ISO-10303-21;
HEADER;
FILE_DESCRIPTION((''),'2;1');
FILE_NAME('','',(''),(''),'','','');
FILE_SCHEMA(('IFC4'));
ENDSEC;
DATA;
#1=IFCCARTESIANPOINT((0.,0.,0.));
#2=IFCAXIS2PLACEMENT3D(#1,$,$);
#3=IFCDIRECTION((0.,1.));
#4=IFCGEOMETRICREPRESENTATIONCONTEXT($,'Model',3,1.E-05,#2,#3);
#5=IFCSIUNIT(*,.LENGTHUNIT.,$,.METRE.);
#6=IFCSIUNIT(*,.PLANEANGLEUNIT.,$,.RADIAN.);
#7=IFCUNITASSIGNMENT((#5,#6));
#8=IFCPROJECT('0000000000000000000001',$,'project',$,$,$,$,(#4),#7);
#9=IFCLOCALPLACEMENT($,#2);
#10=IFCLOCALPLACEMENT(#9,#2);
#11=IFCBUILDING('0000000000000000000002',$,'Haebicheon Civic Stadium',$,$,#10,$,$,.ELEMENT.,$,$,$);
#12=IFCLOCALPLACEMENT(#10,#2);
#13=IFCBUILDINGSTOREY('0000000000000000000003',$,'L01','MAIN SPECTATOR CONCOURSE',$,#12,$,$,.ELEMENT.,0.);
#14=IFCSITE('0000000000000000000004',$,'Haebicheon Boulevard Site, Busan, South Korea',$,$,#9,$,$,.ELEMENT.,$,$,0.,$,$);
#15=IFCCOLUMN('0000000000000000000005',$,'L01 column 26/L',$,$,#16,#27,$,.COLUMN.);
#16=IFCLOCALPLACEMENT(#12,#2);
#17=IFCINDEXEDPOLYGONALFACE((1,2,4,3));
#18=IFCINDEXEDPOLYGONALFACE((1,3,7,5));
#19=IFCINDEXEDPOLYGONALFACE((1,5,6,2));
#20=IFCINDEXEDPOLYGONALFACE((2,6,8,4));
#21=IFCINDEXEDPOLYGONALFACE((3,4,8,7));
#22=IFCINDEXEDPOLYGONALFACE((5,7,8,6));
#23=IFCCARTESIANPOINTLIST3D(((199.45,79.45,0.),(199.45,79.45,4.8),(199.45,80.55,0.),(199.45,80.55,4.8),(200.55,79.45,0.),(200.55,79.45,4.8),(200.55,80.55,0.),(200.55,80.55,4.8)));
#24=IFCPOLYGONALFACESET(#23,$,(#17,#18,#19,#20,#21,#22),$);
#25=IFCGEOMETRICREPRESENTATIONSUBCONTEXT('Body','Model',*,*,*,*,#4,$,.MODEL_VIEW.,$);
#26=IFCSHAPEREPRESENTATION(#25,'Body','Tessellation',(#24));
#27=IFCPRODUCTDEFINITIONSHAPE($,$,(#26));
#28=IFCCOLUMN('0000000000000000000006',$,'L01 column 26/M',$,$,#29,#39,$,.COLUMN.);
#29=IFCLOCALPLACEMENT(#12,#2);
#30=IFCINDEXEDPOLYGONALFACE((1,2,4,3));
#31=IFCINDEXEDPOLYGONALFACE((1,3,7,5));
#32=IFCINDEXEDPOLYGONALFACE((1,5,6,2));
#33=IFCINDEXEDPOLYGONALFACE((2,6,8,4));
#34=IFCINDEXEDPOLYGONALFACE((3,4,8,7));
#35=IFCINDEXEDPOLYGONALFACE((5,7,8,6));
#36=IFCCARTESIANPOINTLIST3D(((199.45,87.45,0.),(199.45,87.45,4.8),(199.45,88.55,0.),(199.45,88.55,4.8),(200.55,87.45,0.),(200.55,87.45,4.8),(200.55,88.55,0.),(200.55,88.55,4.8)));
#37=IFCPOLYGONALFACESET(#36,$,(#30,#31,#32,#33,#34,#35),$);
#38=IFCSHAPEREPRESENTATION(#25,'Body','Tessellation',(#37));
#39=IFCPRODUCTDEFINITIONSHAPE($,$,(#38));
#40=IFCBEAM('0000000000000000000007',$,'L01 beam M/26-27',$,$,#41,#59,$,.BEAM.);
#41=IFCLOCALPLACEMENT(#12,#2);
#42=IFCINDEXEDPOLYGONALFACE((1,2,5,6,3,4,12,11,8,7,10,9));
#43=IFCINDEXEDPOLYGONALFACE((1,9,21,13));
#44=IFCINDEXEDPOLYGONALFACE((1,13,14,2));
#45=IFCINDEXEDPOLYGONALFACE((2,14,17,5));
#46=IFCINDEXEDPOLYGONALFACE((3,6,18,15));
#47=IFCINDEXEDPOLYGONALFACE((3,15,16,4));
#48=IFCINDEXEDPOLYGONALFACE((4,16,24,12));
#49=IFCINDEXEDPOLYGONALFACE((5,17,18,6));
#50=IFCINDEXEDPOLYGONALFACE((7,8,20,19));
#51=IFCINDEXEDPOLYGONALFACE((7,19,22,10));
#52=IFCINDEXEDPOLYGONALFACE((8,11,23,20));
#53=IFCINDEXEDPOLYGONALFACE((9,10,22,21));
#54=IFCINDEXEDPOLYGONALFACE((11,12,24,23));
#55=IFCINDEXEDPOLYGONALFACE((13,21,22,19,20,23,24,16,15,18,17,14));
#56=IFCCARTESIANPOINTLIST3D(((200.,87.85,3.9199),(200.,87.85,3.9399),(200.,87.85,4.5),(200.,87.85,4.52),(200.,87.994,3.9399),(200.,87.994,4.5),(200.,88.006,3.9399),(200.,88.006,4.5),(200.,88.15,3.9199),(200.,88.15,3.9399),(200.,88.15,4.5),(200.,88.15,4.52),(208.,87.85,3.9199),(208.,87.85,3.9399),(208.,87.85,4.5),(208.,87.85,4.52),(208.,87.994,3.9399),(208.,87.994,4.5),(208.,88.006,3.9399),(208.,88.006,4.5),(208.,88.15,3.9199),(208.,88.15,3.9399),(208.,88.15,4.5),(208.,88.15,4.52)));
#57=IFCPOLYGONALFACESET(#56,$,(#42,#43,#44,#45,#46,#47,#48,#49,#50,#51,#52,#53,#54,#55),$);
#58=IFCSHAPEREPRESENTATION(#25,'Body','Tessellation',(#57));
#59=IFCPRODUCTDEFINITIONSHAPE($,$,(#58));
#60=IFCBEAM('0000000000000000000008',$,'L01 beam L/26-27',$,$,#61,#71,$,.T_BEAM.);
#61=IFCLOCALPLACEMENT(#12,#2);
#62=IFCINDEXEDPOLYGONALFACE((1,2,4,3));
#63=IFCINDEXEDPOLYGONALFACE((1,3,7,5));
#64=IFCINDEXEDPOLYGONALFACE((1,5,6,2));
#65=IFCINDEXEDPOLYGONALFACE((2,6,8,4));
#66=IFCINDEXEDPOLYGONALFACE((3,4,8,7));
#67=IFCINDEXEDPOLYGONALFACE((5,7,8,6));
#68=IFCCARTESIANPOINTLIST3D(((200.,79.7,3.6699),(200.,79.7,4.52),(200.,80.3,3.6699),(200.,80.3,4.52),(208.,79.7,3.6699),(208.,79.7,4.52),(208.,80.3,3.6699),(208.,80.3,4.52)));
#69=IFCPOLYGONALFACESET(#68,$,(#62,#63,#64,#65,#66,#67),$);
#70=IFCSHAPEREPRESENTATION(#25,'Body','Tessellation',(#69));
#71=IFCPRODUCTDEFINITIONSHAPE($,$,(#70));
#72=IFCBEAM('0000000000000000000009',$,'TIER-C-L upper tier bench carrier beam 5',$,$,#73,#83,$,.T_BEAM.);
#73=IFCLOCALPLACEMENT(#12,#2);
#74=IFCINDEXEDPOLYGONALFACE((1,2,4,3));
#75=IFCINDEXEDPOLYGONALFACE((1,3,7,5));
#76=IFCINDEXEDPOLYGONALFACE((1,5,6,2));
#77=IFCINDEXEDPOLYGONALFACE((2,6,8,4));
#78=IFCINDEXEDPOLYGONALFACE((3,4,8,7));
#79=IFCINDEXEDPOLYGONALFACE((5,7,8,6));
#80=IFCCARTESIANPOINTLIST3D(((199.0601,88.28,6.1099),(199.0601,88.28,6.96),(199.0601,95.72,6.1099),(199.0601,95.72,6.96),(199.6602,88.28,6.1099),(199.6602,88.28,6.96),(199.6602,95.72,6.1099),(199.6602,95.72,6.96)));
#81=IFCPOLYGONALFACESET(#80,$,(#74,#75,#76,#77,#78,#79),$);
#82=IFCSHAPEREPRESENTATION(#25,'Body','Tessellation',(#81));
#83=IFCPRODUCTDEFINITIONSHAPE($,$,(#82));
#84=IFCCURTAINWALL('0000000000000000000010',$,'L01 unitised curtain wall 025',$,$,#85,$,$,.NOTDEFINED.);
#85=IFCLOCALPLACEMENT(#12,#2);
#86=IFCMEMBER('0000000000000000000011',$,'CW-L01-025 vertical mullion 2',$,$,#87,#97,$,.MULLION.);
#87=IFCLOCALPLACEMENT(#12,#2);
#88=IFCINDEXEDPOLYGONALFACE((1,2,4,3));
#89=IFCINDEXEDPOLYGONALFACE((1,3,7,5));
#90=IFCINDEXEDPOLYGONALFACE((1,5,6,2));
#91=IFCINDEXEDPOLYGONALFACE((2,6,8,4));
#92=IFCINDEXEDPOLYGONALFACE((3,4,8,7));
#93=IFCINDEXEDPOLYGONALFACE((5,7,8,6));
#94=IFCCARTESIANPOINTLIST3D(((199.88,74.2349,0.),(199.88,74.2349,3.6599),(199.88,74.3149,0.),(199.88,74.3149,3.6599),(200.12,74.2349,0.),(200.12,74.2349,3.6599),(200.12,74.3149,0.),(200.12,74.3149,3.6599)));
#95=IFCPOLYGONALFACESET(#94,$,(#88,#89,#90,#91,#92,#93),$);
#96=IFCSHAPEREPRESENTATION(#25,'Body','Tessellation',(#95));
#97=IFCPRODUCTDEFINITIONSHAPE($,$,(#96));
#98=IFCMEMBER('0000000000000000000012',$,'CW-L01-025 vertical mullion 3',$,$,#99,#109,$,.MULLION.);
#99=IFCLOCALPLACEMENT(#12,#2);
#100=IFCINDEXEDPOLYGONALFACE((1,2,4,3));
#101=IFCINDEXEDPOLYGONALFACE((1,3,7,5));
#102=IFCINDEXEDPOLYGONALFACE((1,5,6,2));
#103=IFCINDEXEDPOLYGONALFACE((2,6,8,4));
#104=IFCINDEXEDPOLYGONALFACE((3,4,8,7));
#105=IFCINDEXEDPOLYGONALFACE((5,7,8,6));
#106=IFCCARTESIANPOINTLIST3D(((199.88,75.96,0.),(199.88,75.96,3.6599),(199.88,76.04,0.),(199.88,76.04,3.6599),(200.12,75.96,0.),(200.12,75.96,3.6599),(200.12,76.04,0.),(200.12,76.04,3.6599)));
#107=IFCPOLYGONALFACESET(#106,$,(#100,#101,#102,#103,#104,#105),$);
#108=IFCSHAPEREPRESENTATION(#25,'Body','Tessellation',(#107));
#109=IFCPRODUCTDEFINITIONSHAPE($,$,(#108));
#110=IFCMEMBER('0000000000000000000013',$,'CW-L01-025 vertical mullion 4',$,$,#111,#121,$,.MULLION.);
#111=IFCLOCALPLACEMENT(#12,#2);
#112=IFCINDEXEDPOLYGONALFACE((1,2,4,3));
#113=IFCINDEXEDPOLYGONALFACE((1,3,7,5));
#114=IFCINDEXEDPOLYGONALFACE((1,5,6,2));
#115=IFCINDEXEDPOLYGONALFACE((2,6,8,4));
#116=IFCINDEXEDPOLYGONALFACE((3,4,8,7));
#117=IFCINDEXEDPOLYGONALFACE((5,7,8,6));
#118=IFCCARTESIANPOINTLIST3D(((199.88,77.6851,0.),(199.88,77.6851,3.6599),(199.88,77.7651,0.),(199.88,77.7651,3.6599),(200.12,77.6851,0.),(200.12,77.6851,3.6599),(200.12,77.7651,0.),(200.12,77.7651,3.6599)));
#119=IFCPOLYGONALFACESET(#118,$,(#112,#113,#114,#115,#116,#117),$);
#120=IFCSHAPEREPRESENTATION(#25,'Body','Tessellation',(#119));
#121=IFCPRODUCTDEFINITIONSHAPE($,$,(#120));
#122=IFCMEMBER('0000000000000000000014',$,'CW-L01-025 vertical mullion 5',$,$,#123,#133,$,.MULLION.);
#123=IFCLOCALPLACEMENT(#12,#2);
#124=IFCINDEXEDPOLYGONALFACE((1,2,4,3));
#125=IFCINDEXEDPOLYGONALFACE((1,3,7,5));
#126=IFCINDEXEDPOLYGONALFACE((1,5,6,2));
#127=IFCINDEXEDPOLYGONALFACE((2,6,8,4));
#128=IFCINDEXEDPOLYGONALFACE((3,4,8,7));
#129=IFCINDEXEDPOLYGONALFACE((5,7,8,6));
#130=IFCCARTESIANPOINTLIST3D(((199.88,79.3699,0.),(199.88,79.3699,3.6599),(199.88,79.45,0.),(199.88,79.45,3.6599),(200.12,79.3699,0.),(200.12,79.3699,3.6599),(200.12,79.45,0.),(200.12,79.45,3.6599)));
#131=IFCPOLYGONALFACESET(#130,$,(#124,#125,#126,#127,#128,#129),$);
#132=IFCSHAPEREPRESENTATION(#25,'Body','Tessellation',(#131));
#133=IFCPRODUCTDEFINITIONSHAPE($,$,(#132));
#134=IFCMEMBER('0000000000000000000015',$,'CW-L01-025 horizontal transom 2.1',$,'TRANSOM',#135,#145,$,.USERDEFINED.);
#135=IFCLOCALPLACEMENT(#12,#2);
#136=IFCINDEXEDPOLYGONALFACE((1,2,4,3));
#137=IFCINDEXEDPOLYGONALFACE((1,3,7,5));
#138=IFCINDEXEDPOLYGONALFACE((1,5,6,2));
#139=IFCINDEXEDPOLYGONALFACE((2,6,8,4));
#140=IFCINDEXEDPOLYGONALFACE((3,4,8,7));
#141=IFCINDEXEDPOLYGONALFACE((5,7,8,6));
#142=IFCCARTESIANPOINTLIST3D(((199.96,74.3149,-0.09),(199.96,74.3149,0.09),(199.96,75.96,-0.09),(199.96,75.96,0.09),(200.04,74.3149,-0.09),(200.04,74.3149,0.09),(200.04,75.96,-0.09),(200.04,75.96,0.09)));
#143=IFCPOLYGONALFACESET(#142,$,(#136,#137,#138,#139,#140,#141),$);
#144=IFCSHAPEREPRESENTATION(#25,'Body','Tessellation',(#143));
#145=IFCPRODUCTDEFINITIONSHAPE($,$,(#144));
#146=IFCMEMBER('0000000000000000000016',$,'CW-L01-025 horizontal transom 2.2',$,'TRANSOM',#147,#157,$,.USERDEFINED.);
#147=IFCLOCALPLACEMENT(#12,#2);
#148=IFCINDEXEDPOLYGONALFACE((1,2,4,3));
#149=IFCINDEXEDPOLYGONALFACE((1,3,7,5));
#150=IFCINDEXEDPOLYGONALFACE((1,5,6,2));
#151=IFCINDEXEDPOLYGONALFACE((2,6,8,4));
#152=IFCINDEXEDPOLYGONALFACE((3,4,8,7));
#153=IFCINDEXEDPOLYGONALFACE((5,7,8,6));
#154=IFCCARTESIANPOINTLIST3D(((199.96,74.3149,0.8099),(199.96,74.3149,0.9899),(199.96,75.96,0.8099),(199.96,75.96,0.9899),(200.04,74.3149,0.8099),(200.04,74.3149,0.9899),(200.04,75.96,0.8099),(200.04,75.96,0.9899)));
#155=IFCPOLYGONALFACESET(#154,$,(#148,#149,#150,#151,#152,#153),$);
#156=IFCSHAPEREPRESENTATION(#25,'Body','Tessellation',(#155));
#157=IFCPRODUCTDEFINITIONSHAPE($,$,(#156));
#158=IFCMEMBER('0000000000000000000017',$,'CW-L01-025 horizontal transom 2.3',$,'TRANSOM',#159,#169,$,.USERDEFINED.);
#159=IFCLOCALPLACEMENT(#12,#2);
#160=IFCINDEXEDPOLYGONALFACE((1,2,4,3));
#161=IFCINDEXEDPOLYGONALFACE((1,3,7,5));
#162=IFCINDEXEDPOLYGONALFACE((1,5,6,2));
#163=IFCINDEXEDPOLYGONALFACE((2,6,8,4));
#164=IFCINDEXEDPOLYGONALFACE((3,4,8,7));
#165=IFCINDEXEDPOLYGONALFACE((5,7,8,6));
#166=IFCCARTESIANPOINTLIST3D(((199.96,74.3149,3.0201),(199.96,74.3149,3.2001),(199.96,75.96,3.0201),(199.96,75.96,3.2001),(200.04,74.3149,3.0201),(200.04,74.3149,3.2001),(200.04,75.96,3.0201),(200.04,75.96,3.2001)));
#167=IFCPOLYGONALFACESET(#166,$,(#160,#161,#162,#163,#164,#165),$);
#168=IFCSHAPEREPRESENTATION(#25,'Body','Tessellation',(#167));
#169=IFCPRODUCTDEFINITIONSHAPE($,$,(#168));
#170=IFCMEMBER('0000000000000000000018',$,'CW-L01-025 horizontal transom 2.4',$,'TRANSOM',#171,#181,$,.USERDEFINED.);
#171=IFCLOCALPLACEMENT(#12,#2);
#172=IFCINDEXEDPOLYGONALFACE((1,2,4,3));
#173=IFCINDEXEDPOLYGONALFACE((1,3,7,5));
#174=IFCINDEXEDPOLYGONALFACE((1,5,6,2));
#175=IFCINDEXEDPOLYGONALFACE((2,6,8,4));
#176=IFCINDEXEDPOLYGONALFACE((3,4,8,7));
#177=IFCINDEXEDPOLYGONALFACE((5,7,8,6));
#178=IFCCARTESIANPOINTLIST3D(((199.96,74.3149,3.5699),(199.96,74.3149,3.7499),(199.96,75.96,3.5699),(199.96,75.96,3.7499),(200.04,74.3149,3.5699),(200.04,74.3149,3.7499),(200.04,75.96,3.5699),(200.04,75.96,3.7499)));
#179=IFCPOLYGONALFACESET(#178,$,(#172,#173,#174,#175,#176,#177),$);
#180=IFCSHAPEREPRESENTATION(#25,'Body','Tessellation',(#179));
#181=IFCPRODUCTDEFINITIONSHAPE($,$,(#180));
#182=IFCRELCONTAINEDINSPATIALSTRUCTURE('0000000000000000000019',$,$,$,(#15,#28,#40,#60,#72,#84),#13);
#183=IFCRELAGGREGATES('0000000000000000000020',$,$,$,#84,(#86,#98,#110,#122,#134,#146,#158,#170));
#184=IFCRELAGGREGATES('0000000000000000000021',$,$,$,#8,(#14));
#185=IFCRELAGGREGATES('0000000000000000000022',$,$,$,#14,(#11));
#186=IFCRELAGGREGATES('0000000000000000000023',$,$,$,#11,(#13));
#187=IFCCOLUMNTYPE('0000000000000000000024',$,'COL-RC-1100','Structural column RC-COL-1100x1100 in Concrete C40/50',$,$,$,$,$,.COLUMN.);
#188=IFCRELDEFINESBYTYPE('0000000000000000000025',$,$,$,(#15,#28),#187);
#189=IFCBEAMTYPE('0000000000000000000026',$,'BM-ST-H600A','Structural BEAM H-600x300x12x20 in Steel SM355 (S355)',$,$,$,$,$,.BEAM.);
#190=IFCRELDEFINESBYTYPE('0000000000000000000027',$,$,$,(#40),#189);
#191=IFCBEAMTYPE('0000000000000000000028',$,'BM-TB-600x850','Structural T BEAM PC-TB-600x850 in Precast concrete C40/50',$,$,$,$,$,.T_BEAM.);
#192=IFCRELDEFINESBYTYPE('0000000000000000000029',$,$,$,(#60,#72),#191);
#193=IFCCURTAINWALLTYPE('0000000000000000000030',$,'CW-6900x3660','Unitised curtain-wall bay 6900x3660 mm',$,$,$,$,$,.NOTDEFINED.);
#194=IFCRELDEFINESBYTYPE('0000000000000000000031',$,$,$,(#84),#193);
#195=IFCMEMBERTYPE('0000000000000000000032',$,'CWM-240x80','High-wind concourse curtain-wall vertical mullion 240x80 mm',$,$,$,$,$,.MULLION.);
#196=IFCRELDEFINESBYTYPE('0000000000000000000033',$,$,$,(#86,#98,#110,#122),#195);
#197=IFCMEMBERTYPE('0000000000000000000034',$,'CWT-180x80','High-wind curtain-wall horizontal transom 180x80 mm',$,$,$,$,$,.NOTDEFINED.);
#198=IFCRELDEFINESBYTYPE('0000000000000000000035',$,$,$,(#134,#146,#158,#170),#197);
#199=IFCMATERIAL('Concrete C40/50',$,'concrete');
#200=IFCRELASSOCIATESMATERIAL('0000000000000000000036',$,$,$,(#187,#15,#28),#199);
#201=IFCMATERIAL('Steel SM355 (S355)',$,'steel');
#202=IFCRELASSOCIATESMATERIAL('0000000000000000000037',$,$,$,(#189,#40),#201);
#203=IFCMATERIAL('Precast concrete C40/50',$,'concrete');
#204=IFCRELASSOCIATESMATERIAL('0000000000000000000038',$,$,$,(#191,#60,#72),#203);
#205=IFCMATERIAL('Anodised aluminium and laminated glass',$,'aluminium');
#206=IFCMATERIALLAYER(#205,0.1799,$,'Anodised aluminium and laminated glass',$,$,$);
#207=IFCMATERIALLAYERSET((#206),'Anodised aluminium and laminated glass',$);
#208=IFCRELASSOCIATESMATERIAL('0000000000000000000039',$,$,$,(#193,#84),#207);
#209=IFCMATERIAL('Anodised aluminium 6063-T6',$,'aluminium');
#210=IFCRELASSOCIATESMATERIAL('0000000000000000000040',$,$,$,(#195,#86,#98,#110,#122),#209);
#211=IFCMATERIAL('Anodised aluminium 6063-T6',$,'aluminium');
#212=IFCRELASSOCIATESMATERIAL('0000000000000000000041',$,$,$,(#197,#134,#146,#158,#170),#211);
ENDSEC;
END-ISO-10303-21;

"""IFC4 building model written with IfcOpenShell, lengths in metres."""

from ifc_helpers import new_model, si_unit, direction, frame, origin, origin_2d, place, context, subcontext, project, spatial, rectangle, i_section, extrude, material, layer, layer_set, material_profile, profile_set, type_object, element, aggregate, save


model = new_model("IFC4")

# Units and contexts
model_context = context("Model", 3, precision=1e-05, world=origin(), true_north=direction((0.0, 1.0)))
body_context = subcontext(model_context, "Body", "Model", "MODEL_VIEW")
ifc_project = project(units=[si_unit("LENGTHUNIT", "METRE"), si_unit("PLANEANGLEUNIT", "RADIAN")], contexts=[model_context])

# Site, building, storey
site_placement = place(None, origin())
site = spatial("IfcSite", under=ifc_project, at=site_placement, Name="Haebicheon Boulevard Site, Busan, South Korea", CompositionType="ELEMENT", RefElevation=0.0)
building_placement = place(site_placement, origin())
building = spatial("IfcBuilding", under=site, at=building_placement, Name="Haebicheon Civic Stadium", CompositionType="ELEMENT")
storey_placement = place(building_placement, origin())
storey = spatial("IfcBuildingStorey", under=building, at=storey_placement, Name="L01", Description="MAIN SPECTATOR CONCOURSE", CompositionType="ELEMENT", Elevation=0.0)

# Columns
ifc_material_1 = material(Name="Concrete C40/50", Category="concrete")
ifc_material_profile_1 = material_profile(ifc_material_1, rectangle(XDim=1.1001, YDim=1.1001, at=origin_2d()), Name="RC-COL-1100x1100")
ifc_profile_set_1 = profile_set([ifc_material_profile_1], Name="Concrete C40/50")
column_type = type_object("IfcColumnType", Name="COL-RC-1100", Description="Structural column RC-COL-1100x1100 in Concrete C40/50", PredefinedType="COLUMN", material=ifc_profile_set_1)
for number, where, z_axis, x_axis, name in (
    (1, (200.0, 80.0, 0.0), (0.0, 0.0, 1.0), (1.0, 0.0, 0.0), "L01 column 26/L"),
    (2, (200.0, 88.0, 0.0), (0.0, 0.0, 1.0), (1.0, 0.0, 0.0), "L01 column 26/M"),
):
    element("IfcColumn", number, at=place(storey_placement, frame(where, z_axis=z_axis, x_axis=x_axis)), inside=storey, type_object=column_type, material=ifc_profile_set_1, Name=name, PredefinedType="COLUMN", context=body_context, shape_type="SweptSolid", body=[
        extrude(rectangle(XDim=1.1001, YDim=1.1001, at=origin_2d()), origin(), (0.0, 0.0, 1.0), 4.8),
    ])

# Beams
ifc_material_2 = material(Name="Steel SM355 (S355)", Category="steel")
ifc_material_profile_2 = material_profile(ifc_material_2, i_section(OverallWidth=0.3, OverallDepth=0.6001, WebThickness=0.012, FlangeThickness=0.02, at=origin_2d()), Name="H-600x300x12x20")
ifc_profile_set_2 = profile_set([ifc_material_profile_2], Name="Steel SM355 (S355)")
beam_type_1 = type_object("IfcBeamType", Name="BM-ST-H600A", Description="Structural BEAM H-600x300x12x20 in Steel SM355 (S355)", PredefinedType="BEAM", material=ifc_profile_set_2)
beam_1_placement = place(storey_placement, frame((200.0, 88.0, 4.22), z_axis=(1.0, 0.0, 0.0), x_axis=(0.0, 1.0, 0.0)))
element("IfcBeam", 3, at=beam_1_placement, inside=storey, type_object=beam_type_1, material=ifc_profile_set_2, Name="L01 beam M/26-27", PredefinedType="BEAM", context=body_context, shape_type="SweptSolid", body=[
    extrude(i_section(OverallWidth=0.3, OverallDepth=0.6001, WebThickness=0.012, FlangeThickness=0.02, at=origin_2d()), origin(), (0.0, 0.0, 1.0), 8.0),
])
ifc_material_3 = material(Name="Precast concrete C40/50", Category="concrete")
ifc_material_profile_3 = material_profile(ifc_material_3, rectangle(XDim=0.6001, YDim=0.8501, at=origin_2d()), Name="PC-TB-600x850")
ifc_profile_set_3 = profile_set([ifc_material_profile_3], Name="Precast concrete C40/50")
beam_type_2 = type_object("IfcBeamType", Name="BM-TB-600x850", Description="Structural T BEAM PC-TB-600x850 in Precast concrete C40/50", PredefinedType="T_BEAM", material=ifc_profile_set_3)
beam_2_placement = place(storey_placement, frame((200.0, 80.0, 4.095), z_axis=(1.0, 0.0, 0.0), x_axis=(0.0, 1.0, 0.0)))
element("IfcBeam", 4, at=beam_2_placement, inside=storey, type_object=beam_type_2, material=ifc_profile_set_3, Name="L01 beam L/26-27", PredefinedType="T_BEAM", context=body_context, shape_type="SweptSolid", body=[
    extrude(rectangle(XDim=0.6001, YDim=0.8501, at=origin_2d()), origin(), (0.0, 0.0, 1.0), 8.0),
])
beam_3_placement = place(storey_placement, frame((199.3601, 88.28, 6.5349), z_axis=(0.0, 1.0, 0.0), x_axis=(-1.0, 0.0, 0.0)))
element("IfcBeam", 5, at=beam_3_placement, inside=storey, type_object=beam_type_2, material=ifc_profile_set_3, Name="TIER-C-L upper tier bench carrier beam 5", PredefinedType="T_BEAM", context=body_context, shape_type="SweptSolid", body=[
    extrude(rectangle(XDim=0.6001, YDim=0.8501, at=origin_2d()), origin(), (0.0, 0.0, 1.0), 7.4399),
])

# Curtain wall, members
ifc_material_4 = material(Name="Anodised aluminium and laminated glass", Category="aluminium")
ifc_layer_1 = layer(ifc_material_4, 0.1799, Name="Anodised aluminium and laminated glass")
ifc_layer_set_1 = layer_set([ifc_layer_1], Name="Anodised aluminium and laminated glass")
curtain_wall_type = type_object("IfcCurtainWallType", Name="CW-6900x3660", Description="Unitised curtain-wall bay 6900x3660 mm", PredefinedType="NOTDEFINED", material=ifc_layer_set_1)
curtain_wall_placement = place(storey_placement, origin())
curtain_wall = element("IfcCurtainWall", 6, at=curtain_wall_placement, inside=storey, type_object=curtain_wall_type, material=ifc_layer_set_1, Name="L01 unitised curtain wall 025", PredefinedType="NOTDEFINED")
ifc_material_5 = material(Name="Anodised aluminium 6063-T6", Category="aluminium")
ifc_material_profile_4 = material_profile(ifc_material_5, rectangle(XDim=0.0801, YDim=0.24, at=origin_2d()), Name="ALU-MULL-80x240")
ifc_profile_set_4 = profile_set([ifc_material_profile_4], Name="Anodised aluminium 6063-T6")
member_type_1 = type_object("IfcMemberType", Name="CWM-240x80", Description="High-wind concourse curtain-wall vertical mullion 240x80 mm", PredefinedType="MULLION", material=ifc_profile_set_4)
member_1_placement = place(storey_placement, frame((200.0, 74.2749, 0.0), z_axis=(0.0, 0.0, 1.0), x_axis=(0.0, 1.0, 0.0)))
member_1 = element("IfcMember", 7, at=member_1_placement, type_object=member_type_1, material=ifc_profile_set_4, Name="CW-L01-025 vertical mullion 2", PredefinedType="MULLION", context=body_context, shape_type="SweptSolid", body=[
    extrude(rectangle(XDim=0.0801, YDim=0.24, at=origin_2d()), origin(), (0.0, 0.0, 1.0), 3.6599),
])
member_2_placement = place(storey_placement, frame((200.0, 76.0, 0.0), z_axis=(0.0, 0.0, 1.0), x_axis=(0.0, 1.0, 0.0)))
member_2 = element("IfcMember", 8, at=member_2_placement, type_object=member_type_1, material=ifc_profile_set_4, Name="CW-L01-025 vertical mullion 3", PredefinedType="MULLION", context=body_context, shape_type="SweptSolid", body=[
    extrude(rectangle(XDim=0.0801, YDim=0.24, at=origin_2d()), origin(), (0.0, 0.0, 1.0), 3.6599),
])
member_3_placement = place(storey_placement, frame((200.0, 77.7251, 0.0), z_axis=(0.0, 0.0, 1.0), x_axis=(0.0, 1.0, 0.0)))
member_3 = element("IfcMember", 9, at=member_3_placement, type_object=member_type_1, material=ifc_profile_set_4, Name="CW-L01-025 vertical mullion 4", PredefinedType="MULLION", context=body_context, shape_type="SweptSolid", body=[
    extrude(rectangle(XDim=0.0801, YDim=0.24, at=origin_2d()), origin(), (0.0, 0.0, 1.0), 3.6599),
])
member_4_placement = place(storey_placement, frame((200.0, 79.4099, 0.0), z_axis=(0.0, 0.0, 1.0), x_axis=(0.0, 1.0, 0.0)))
member_4 = element("IfcMember", 10, at=member_4_placement, type_object=member_type_1, material=ifc_profile_set_4, Name="CW-L01-025 vertical mullion 5", PredefinedType="MULLION", context=body_context, shape_type="SweptSolid", body=[
    extrude(rectangle(XDim=0.0801, YDim=0.24, at=origin_2d()), origin(), (0.0, 0.0, 1.0), 3.6599),
])
ifc_material_6 = material(Name="Anodised aluminium 6063-T6", Category="aluminium")
ifc_material_profile_5 = material_profile(ifc_material_6, rectangle(XDim=0.0801, YDim=0.1799, at=origin_2d()), Name="ALU-TRAN-80x180")
ifc_profile_set_5 = profile_set([ifc_material_profile_5], Name="Anodised aluminium 6063-T6")
member_type_2 = type_object("IfcMemberType", Name="CWT-180x80", Description="High-wind curtain-wall horizontal transom 180x80 mm", PredefinedType="NOTDEFINED", material=ifc_profile_set_5)
member_5_placement = place(storey_placement, frame((200.0, 74.3149, 0.0), z_axis=(0.0, 1.0, 0.0), x_axis=(-1.0, 0.0, 0.0)))
member_5 = element("IfcMember", 11, at=member_5_placement, type_object=member_type_2, material=ifc_profile_set_5, Name="CW-L01-025 horizontal transom 2.1", ObjectType="TRANSOM", PredefinedType="USERDEFINED", context=body_context, shape_type="SweptSolid", body=[
    extrude(rectangle(XDim=0.0801, YDim=0.1799, at=origin_2d()), origin(), (0.0, 0.0, 1.0), 1.645),
])
member_6_placement = place(storey_placement, frame((200.0, 74.3149, 0.8999), z_axis=(0.0, 1.0, 0.0), x_axis=(-1.0, 0.0, 0.0)))
member_6 = element("IfcMember", 12, at=member_6_placement, type_object=member_type_2, material=ifc_profile_set_5, Name="CW-L01-025 horizontal transom 2.2", ObjectType="TRANSOM", PredefinedType="USERDEFINED", context=body_context, shape_type="SweptSolid", body=[
    extrude(rectangle(XDim=0.0801, YDim=0.1799, at=origin_2d()), origin(), (0.0, 0.0, 1.0), 1.645),
])
member_7_placement = place(storey_placement, frame((200.0, 74.3149, 3.1101), z_axis=(0.0, 1.0, 0.0), x_axis=(-1.0, 0.0, 0.0)))
member_7 = element("IfcMember", 13, at=member_7_placement, type_object=member_type_2, material=ifc_profile_set_5, Name="CW-L01-025 horizontal transom 2.3", ObjectType="TRANSOM", PredefinedType="USERDEFINED", context=body_context, shape_type="SweptSolid", body=[
    extrude(rectangle(XDim=0.0801, YDim=0.1799, at=origin_2d()), origin(), (0.0, 0.0, 1.0), 1.645),
])
member_8_placement = place(storey_placement, frame((200.0, 74.3149, 3.6599), z_axis=(0.0, 1.0, 0.0), x_axis=(-1.0, 0.0, 0.0)))
member_8 = element("IfcMember", 14, at=member_8_placement, type_object=member_type_2, material=ifc_profile_set_5, Name="CW-L01-025 horizontal transom 2.4", ObjectType="TRANSOM", PredefinedType="USERDEFINED", context=body_context, shape_type="SweptSolid", body=[
    extrude(rectangle(XDim=0.0801, YDim=0.1799, at=origin_2d()), origin(), (0.0, 0.0, 1.0), 1.645),
])

aggregate(curtain_wall, [member_1, member_2, member_3, member_4, member_5, member_6, member_7, member_8])

save(model, "model.ifc")
